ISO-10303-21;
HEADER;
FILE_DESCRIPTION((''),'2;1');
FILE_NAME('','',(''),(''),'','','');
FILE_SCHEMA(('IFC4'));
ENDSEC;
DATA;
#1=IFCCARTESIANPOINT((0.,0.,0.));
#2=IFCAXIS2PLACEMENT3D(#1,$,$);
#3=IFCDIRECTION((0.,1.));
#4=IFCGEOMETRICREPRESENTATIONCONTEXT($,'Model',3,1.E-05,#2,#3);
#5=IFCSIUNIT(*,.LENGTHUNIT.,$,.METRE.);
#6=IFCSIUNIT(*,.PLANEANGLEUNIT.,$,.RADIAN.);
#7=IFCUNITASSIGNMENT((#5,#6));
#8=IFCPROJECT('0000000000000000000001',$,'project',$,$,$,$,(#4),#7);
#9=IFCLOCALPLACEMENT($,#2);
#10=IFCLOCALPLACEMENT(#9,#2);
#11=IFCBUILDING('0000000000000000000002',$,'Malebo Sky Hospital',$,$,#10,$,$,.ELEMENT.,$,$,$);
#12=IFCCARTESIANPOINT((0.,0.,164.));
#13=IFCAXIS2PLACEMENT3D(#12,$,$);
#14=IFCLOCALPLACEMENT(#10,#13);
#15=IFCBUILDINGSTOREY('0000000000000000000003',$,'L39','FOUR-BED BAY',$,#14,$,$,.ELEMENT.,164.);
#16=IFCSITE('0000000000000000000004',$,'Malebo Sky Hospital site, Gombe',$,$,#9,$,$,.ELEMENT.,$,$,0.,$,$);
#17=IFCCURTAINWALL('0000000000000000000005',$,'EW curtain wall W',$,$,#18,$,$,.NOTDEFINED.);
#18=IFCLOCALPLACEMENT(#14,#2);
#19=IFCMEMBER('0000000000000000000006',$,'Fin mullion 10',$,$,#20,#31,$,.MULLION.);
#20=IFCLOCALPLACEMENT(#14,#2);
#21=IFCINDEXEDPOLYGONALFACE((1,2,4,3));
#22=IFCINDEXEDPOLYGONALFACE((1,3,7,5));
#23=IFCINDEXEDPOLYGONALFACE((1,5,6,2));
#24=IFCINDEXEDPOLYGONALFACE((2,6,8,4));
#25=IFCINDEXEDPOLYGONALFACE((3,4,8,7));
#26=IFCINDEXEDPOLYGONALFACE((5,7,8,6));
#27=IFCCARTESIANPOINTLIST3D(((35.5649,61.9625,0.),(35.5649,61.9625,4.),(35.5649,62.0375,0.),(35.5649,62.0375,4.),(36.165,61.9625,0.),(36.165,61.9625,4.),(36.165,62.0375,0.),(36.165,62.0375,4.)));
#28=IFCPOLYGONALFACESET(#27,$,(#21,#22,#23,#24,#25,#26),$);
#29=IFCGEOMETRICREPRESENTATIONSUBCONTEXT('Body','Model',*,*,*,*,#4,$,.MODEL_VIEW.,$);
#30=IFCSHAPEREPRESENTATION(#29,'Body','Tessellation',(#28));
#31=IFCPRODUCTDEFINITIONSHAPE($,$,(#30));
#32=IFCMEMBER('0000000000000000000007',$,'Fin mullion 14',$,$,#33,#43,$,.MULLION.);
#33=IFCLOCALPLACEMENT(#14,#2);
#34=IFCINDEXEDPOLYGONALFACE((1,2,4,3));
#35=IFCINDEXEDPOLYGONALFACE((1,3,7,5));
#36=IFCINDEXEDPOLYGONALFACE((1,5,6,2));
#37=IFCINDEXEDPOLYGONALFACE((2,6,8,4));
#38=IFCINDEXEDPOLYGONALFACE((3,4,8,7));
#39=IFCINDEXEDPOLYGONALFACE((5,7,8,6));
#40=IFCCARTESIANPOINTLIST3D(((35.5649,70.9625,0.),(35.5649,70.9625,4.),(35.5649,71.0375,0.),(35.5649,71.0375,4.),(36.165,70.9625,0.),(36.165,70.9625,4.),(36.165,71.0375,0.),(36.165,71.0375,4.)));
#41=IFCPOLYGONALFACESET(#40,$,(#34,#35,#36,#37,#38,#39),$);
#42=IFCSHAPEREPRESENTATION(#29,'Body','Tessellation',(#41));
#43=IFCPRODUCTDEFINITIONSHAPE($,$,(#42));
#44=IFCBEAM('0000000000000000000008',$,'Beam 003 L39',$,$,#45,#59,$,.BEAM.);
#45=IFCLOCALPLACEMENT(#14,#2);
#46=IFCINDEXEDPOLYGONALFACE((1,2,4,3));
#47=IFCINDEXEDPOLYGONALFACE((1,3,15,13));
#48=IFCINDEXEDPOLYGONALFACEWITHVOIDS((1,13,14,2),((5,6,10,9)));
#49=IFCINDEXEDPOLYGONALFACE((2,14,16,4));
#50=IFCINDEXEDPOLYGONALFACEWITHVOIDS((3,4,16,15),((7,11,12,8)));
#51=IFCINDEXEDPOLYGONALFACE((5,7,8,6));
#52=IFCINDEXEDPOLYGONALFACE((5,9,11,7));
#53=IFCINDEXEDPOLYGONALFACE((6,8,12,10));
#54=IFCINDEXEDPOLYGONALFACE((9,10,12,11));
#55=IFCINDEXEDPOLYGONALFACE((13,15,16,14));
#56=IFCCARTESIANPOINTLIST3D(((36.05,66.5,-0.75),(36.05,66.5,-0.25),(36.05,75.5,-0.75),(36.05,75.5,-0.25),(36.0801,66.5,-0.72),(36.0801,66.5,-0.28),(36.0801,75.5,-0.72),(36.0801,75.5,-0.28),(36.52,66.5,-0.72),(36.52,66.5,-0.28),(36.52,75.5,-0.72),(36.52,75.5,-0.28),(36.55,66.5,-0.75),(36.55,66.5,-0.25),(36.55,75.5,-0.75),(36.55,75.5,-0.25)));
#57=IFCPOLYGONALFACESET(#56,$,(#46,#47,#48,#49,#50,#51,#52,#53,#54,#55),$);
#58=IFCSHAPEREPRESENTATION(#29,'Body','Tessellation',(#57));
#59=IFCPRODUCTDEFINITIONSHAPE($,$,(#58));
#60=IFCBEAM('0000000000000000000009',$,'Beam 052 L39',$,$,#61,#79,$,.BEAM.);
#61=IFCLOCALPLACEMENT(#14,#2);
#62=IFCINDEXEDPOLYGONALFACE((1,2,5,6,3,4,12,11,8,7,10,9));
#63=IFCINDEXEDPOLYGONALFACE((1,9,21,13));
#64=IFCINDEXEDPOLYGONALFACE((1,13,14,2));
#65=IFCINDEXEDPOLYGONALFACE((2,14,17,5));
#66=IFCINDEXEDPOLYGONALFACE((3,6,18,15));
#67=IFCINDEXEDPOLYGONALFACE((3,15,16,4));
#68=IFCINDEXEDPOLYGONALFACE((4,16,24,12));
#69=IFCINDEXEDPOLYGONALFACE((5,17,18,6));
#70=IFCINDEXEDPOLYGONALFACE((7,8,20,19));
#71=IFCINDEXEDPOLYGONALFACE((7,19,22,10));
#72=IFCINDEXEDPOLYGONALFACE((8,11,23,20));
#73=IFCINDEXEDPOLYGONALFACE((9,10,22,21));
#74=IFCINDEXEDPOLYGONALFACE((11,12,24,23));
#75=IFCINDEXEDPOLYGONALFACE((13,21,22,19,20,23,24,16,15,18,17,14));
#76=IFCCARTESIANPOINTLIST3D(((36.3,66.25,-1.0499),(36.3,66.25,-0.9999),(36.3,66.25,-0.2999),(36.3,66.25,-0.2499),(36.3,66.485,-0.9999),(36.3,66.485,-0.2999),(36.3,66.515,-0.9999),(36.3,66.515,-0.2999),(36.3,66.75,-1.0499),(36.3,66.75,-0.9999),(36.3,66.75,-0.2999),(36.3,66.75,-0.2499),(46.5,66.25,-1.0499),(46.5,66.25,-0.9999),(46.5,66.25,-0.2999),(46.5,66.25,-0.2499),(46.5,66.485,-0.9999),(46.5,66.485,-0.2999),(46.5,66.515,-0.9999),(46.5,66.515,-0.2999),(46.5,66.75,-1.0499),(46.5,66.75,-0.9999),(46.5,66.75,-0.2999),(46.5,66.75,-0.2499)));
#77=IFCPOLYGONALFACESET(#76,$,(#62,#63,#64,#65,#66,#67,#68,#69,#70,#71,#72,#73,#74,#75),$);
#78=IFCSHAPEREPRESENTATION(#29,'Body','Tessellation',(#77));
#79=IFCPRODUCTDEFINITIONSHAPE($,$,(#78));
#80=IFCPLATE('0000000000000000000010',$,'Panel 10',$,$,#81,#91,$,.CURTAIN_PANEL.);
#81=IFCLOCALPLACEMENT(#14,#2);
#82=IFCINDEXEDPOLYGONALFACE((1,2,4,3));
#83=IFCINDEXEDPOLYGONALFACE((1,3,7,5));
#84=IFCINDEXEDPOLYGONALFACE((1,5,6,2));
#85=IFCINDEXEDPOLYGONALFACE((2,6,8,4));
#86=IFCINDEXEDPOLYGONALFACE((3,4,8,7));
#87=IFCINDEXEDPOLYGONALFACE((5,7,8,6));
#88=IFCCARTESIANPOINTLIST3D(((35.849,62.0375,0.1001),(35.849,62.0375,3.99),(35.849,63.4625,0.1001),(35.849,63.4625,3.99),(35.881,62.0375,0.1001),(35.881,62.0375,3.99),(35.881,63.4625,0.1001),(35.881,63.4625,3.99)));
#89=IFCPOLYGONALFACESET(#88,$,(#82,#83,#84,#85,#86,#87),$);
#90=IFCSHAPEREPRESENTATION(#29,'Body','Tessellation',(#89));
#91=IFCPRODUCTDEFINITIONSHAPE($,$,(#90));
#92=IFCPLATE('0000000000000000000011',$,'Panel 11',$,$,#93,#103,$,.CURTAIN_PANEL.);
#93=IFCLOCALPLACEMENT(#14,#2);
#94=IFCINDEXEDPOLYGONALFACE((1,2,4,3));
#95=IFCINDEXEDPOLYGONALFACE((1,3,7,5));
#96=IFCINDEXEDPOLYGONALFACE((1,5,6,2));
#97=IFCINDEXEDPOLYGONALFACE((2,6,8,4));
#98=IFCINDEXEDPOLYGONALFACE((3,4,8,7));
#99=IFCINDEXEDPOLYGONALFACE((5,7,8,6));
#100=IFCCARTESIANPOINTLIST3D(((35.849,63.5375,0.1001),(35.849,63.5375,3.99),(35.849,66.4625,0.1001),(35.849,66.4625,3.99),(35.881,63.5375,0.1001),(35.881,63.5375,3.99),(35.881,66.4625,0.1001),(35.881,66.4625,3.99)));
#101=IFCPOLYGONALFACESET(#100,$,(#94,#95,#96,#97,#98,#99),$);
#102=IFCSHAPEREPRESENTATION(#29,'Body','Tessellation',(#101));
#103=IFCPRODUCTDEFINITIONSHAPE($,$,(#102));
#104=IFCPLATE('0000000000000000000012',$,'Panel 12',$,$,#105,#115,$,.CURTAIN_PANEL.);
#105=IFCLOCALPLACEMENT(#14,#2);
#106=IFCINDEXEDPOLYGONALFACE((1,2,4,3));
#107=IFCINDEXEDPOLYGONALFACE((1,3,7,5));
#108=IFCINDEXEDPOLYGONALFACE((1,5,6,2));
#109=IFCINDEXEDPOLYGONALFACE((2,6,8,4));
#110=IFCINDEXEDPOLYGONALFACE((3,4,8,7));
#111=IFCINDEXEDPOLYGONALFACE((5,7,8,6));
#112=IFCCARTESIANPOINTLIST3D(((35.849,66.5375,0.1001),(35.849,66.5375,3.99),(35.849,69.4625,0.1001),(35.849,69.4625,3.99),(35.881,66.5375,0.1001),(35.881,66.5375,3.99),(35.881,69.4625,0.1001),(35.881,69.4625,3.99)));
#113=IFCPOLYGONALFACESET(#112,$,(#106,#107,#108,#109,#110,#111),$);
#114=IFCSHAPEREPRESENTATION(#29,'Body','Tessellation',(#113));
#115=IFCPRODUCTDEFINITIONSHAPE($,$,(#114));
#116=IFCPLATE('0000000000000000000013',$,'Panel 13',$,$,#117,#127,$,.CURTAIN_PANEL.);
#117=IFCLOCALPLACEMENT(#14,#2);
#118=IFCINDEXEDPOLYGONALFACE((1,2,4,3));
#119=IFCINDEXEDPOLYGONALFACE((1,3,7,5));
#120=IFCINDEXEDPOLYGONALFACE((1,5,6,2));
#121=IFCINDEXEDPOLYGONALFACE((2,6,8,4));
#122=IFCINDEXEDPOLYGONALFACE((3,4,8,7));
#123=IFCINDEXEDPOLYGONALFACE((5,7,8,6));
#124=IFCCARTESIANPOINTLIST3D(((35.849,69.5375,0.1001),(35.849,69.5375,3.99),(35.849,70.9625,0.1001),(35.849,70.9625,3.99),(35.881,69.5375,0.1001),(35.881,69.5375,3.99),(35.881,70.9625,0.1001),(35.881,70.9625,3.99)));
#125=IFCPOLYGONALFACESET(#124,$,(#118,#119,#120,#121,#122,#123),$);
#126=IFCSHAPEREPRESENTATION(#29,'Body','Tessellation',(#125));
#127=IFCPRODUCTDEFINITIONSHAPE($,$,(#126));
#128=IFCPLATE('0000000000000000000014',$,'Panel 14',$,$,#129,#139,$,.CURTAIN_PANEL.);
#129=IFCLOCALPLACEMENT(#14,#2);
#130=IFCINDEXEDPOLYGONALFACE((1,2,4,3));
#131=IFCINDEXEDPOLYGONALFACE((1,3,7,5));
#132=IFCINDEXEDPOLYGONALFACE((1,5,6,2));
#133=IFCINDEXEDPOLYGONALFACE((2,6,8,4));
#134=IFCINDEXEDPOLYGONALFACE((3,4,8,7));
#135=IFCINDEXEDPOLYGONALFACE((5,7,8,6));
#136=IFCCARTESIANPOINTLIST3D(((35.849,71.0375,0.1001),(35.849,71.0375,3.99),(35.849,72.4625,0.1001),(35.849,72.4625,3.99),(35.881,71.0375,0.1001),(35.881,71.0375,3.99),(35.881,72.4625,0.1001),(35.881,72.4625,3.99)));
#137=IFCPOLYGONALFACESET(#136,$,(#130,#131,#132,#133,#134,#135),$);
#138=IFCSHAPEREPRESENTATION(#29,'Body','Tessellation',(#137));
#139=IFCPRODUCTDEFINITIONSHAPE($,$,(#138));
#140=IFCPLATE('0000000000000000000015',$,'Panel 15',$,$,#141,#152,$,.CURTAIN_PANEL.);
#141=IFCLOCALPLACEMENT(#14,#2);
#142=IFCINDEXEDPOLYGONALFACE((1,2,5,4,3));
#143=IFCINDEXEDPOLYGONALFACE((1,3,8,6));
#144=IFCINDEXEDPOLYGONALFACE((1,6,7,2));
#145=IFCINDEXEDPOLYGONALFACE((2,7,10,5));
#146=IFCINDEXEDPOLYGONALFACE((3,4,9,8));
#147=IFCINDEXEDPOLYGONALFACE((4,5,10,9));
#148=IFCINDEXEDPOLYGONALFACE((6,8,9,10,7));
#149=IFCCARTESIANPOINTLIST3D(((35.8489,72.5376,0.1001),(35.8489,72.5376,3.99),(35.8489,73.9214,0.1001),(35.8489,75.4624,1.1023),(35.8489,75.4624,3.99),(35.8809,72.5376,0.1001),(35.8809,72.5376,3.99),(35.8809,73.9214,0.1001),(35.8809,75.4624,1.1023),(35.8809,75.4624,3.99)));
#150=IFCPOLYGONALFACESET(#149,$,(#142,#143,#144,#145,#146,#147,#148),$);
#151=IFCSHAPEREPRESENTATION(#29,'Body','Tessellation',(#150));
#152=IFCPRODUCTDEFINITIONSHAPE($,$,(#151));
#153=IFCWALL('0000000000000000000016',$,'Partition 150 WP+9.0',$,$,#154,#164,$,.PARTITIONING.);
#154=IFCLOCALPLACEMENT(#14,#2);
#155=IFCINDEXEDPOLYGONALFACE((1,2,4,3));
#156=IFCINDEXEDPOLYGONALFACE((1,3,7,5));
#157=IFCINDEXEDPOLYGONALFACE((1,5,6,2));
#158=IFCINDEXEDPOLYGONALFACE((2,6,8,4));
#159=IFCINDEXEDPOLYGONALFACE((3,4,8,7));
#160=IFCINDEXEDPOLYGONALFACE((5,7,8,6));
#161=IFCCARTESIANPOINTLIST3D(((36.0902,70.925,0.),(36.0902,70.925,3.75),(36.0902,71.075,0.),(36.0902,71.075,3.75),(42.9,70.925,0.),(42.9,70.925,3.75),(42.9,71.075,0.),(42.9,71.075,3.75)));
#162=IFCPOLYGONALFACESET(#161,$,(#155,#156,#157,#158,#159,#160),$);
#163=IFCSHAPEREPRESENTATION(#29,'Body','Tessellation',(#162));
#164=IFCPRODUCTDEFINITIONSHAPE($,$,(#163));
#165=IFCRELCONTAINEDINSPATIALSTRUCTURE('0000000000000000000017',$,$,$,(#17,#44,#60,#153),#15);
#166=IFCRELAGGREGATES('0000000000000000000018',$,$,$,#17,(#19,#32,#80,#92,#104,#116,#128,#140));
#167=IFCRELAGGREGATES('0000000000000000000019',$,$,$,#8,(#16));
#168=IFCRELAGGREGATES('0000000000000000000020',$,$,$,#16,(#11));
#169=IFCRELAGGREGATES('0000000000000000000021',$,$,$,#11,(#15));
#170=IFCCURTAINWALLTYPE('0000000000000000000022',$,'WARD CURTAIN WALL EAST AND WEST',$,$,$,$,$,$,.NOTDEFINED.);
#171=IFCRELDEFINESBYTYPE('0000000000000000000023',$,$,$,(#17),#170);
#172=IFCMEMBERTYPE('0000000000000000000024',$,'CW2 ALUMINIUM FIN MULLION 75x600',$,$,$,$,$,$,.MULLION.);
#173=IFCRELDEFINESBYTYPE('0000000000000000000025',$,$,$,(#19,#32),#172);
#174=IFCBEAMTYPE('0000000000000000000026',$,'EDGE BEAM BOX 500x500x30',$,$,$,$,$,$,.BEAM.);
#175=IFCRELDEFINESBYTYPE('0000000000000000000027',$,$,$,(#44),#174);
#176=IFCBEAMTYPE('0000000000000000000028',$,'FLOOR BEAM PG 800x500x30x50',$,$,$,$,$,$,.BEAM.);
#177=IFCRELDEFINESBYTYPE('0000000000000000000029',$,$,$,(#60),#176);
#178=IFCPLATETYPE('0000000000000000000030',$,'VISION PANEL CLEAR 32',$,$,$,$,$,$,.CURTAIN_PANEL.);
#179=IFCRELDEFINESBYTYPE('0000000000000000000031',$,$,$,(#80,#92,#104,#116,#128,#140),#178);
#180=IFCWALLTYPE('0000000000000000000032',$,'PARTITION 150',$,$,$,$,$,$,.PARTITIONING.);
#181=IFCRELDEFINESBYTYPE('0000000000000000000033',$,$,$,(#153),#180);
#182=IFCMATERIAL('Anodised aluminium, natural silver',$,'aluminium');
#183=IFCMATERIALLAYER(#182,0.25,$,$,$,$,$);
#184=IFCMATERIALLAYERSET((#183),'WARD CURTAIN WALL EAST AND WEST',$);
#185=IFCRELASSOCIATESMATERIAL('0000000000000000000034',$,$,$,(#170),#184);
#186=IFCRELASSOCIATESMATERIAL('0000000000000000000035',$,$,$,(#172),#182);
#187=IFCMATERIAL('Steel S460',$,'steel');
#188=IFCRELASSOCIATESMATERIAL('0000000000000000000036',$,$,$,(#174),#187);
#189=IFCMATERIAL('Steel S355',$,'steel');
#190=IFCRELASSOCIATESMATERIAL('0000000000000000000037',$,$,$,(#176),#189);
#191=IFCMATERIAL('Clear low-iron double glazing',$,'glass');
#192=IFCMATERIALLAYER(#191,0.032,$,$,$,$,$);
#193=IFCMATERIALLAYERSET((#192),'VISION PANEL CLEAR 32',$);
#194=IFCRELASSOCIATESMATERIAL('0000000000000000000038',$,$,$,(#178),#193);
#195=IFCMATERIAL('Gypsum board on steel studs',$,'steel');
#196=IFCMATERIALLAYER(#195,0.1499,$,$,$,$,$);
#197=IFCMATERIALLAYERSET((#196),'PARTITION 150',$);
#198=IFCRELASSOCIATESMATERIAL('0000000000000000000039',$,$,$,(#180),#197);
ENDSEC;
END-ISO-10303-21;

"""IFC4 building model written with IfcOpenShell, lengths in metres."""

from ifc_helpers import new_model, si_unit, direction, frame, frame_2d, origin, origin_2d, place, context, subcontext, project, spatial, polyline, rectangle, hollow_rectangle, i_section, outline, extrude, material, layer, layer_set, material_profile, profile_set, type_object, element, aggregate, save


model = new_model("IFC4")

# Units and contexts
model_context = context("Model", 3, precision=1e-05, world=origin(), true_north=direction((0.0, 1.0)))
body_context = subcontext(model_context, "Body", "Model", "MODEL_VIEW")
ifc_project = project(units=[si_unit("LENGTHUNIT", "METRE"), si_unit("PLANEANGLEUNIT", "RADIAN")], contexts=[model_context])

# Site, building, storey
site_placement = place(None, origin())
site = spatial("IfcSite", under=ifc_project, at=site_placement, Name="Malebo Sky Hospital site, Gombe", CompositionType="ELEMENT", RefElevation=0.0)
building_placement = place(site_placement, origin())
building = spatial("IfcBuilding", under=site, at=building_placement, Name="Malebo Sky Hospital", CompositionType="ELEMENT")
storey_placement = place(building_placement, frame((0.0, 0.0, 164.0)))
storey = spatial("IfcBuildingStorey", under=building, at=storey_placement, Name="L39", Description="FOUR-BED BAY", CompositionType="ELEMENT", Elevation=164.0)

# Shared definitions
ifc_material_1 = material(Name="Steel S460", Category="steel")

# Curtain wall
ifc_material_2 = material(Name="Anodised aluminium, natural silver", Category="aluminium")
ifc_layer_1 = layer(ifc_material_2, 0.25)
ifc_layer_set_1 = layer_set([ifc_layer_1], Name="WARD CURTAIN WALL EAST AND WEST")
curtain_wall_type = type_object("IfcCurtainWallType", Name="WARD CURTAIN WALL EAST AND WEST", PredefinedType="NOTDEFINED", material=ifc_layer_set_1)
curtain_wall_placement = place(storey_placement, origin())
curtain_wall = element("IfcCurtainWall", 1, at=curtain_wall_placement, inside=storey, type_object=curtain_wall_type, Name="EW curtain wall W", PredefinedType="NOTDEFINED")

# Members
ifc_material_3 = material(Name="Steel S355", Category="steel")
ifc_material_profile_1 = material_profile(ifc_material_2, rectangle(XDim=0.075, YDim=0.6001, at=origin_2d()), Name="CW2 ALUMINIUM FIN MULLION 75x600")
ifc_profile_set_1 = profile_set([ifc_material_profile_1], Name="Anodised aluminium, natural silver")
member_type_1 = type_object("IfcMemberType", Name="CW2 ALUMINIUM FIN MULLION 75x600", PredefinedType="MULLION", material=ifc_profile_set_1)
member_1_placement = place(storey_placement, frame((35.865, 62.0, 0.0), z_axis=(0.0, 0.0, 1.0), x_axis=(0.0, 1.0, 0.0)))
member_1 = element("IfcMember", 2, at=member_1_placement, type_object=member_type_1, Name="Fin mullion 10", PredefinedType="MULLION", context=body_context, shape_type="SweptSolid", body=[
    extrude(rectangle(XDim=0.075, YDim=0.6001, at=origin_2d()), origin(), (0.0, 0.0, 1.0), 4.0),
])
member_2_placement = place(storey_placement, frame((35.865, 71.0, 0.0), z_axis=(0.0, 0.0, 1.0), x_axis=(0.0, 1.0, 0.0)))
member_2 = element("IfcMember", 3, at=member_2_placement, type_object=member_type_1, Name="Fin mullion 14", PredefinedType="MULLION", context=body_context, shape_type="SweptSolid", body=[
    extrude(rectangle(XDim=0.075, YDim=0.6001, at=origin_2d()), origin(), (0.0, 0.0, 1.0), 4.0),
])

# Beams
ifc_material_profile_2 = material_profile(ifc_material_1, hollow_rectangle(XDim=0.5, YDim=0.5, WallThickness=0.03, at=origin_2d()), Name="BOX 500x500x30")
ifc_profile_set_2 = profile_set([ifc_material_profile_2], Name="Steel S460")
beam_type_1 = type_object("IfcBeamType", Name="EDGE BEAM BOX 500x500x30", PredefinedType="BEAM", material=ifc_profile_set_2)
beam_1_placement = place(storey_placement, frame((36.3, 66.5, -0.5), z_axis=(0.0, 1.0, 0.0), x_axis=(-1.0, 0.0, 0.0)))
element("IfcBeam", 4, at=beam_1_placement, inside=storey, type_object=beam_type_1, Name="Beam 003 L39", PredefinedType="BEAM", context=body_context, shape_type="SweptSolid", body=[
    extrude(hollow_rectangle(XDim=0.5, YDim=0.5, WallThickness=0.03, at=origin_2d()), origin(), (0.0, 0.0, 1.0), 9.0),
])
ifc_material_profile_3 = material_profile(ifc_material_3, i_section(OverallWidth=0.5, OverallDepth=0.8, WebThickness=0.03, FlangeThickness=0.05, at=origin_2d()), Name="PG 800x500x30x50")
ifc_profile_set_3 = profile_set([ifc_material_profile_3], Name="Steel S355")
beam_type_2 = type_object("IfcBeamType", Name="FLOOR BEAM PG 800x500x30x50", PredefinedType="BEAM", material=ifc_profile_set_3)
beam_2_placement = place(storey_placement, frame((36.3, 66.5, -0.6499), z_axis=(1.0, 0.0, 0.0), x_axis=(0.0, 1.0, 0.0)))
element("IfcBeam", 5, at=beam_2_placement, inside=storey, type_object=beam_type_2, Name="Beam 052 L39", PredefinedType="BEAM", context=body_context, shape_type="SweptSolid", body=[
    extrude(i_section(OverallWidth=0.5, OverallDepth=0.8, WebThickness=0.03, FlangeThickness=0.05, at=origin_2d()), origin(), (0.0, 0.0, 1.0), 10.2),
])

# Plates
ifc_material_4 = material(Name="Clear low-iron double glazing", Category="glass")
ifc_layer_2 = layer(ifc_material_4, 0.032)
ifc_layer_set_2 = layer_set([ifc_layer_2], Name="VISION PANEL CLEAR 32")
plate_type = type_object("IfcPlateType", Name="VISION PANEL CLEAR 32", PredefinedType="CURTAIN_PANEL", material=ifc_layer_set_2)
plate_1_placement = place(storey_placement, frame((35.865, 62.75, 0.1001), z_axis=(0.0, 0.0, 1.0), x_axis=(0.0, 1.0, 0.0)))
plate_1 = element("IfcPlate", 6, at=plate_1_placement, type_object=plate_type, Name="Panel 10", PredefinedType="CURTAIN_PANEL", context=body_context, shape_type="SweptSolid", body=[
    extrude(rectangle(XDim=1.425, YDim=0.032, at=origin_2d()), origin(), (0.0, 0.0, 1.0), 3.8899),
])
plate_2_placement = place(storey_placement, frame((35.865, 65.0, 0.1001), z_axis=(0.0, 0.0, 1.0), x_axis=(0.0, 1.0, 0.0)))
plate_2 = element("IfcPlate", 7, at=plate_2_placement, type_object=plate_type, Name="Panel 11", PredefinedType="CURTAIN_PANEL", context=body_context, shape_type="SweptSolid", body=[
    extrude(rectangle(XDim=2.925, YDim=0.032, at=origin_2d()), origin(), (0.0, 0.0, 1.0), 3.8899),
])
plate_3_placement = place(storey_placement, frame((35.865, 68.0, 0.1001), z_axis=(0.0, 0.0, 1.0), x_axis=(0.0, 1.0, 0.0)))
plate_3 = element("IfcPlate", 8, at=plate_3_placement, type_object=plate_type, Name="Panel 12", PredefinedType="CURTAIN_PANEL", context=body_context, shape_type="SweptSolid", body=[
    extrude(rectangle(XDim=2.925, YDim=0.032, at=origin_2d()), origin(), (0.0, 0.0, 1.0), 3.8899),
])
plate_4_placement = place(storey_placement, frame((35.865, 70.25, 0.1001), z_axis=(0.0, 0.0, 1.0), x_axis=(0.0, 1.0, 0.0)))
plate_4 = element("IfcPlate", 9, at=plate_4_placement, type_object=plate_type, Name="Panel 13", PredefinedType="CURTAIN_PANEL", context=body_context, shape_type="SweptSolid", body=[
    extrude(rectangle(XDim=1.425, YDim=0.032, at=origin_2d()), origin(), (0.0, 0.0, 1.0), 3.8899),
])
plate_5_placement = place(storey_placement, frame((35.865, 71.75, 0.1001), z_axis=(0.0, 0.0, 1.0), x_axis=(0.0, 1.0, 0.0)))
plate_5 = element("IfcPlate", 10, at=plate_5_placement, type_object=plate_type, Name="Panel 14", PredefinedType="CURTAIN_PANEL", context=body_context, shape_type="SweptSolid", body=[
    extrude(rectangle(XDim=1.425, YDim=0.032, at=origin_2d()), origin(), (0.0, 0.0, 1.0), 3.8899),
])
plate_6_placement = place(storey_placement, frame((35.865, 74.0, 0.1001), z_axis=(0.0, 0.0, 1.0), x_axis=(0.0, 1.0, 0.0)))
plate_6 = element("IfcPlate", 11, at=plate_6_placement, type_object=plate_type, Name="Panel 15", PredefinedType="CURTAIN_PANEL", context=body_context, shape_type="SweptSolid", body=[
    extrude(outline(polyline([(-1.4624, 0.0), (-0.0786, 0.0), (1.4624, 1.0022), (1.4624, 3.8899), (-1.4624, 3.8899), (-1.4624, 0.0)])), frame((0.0, 0.0161, 0.0), z_axis=(0.0, -1.0, 0.0), x_axis=(1.0, 0.0, 0.0)), (0.0, 0.0, 1.0), 0.032),
])
aggregate(curtain_wall, [member_1, member_2, plate_1, plate_2, plate_3, plate_4, plate_5, plate_6])

# Wall
ifc_material_5 = material(Name="Gypsum board on steel studs", Category="steel")
ifc_layer_3 = layer(ifc_material_5, 0.1499)
ifc_layer_set_3 = layer_set([ifc_layer_3], Name="PARTITION 150")
wall_type_1 = type_object("IfcWallType", Name="PARTITION 150", PredefinedType="PARTITIONING", material=ifc_layer_set_3)
wall_1_placement = place(storey_placement, frame((42.8999, 71.0, 0.0), z_axis=(0.0, 0.0, 1.0), x_axis=(-1.0, 0.0, 0.0)))
element("IfcWall", 12, at=wall_1_placement, inside=storey, type_object=wall_type_1, Name="Partition 150 WP+9.0", PredefinedType="PARTITIONING", context=body_context, shape_type="SweptSolid", body=[
    extrude(rectangle(XDim=6.8098, YDim=0.1499, at=frame_2d((3.4048, 0.0))), origin(), (0.0, 0.0, 1.0), 3.75),
])

save(model, "model.ifc")
